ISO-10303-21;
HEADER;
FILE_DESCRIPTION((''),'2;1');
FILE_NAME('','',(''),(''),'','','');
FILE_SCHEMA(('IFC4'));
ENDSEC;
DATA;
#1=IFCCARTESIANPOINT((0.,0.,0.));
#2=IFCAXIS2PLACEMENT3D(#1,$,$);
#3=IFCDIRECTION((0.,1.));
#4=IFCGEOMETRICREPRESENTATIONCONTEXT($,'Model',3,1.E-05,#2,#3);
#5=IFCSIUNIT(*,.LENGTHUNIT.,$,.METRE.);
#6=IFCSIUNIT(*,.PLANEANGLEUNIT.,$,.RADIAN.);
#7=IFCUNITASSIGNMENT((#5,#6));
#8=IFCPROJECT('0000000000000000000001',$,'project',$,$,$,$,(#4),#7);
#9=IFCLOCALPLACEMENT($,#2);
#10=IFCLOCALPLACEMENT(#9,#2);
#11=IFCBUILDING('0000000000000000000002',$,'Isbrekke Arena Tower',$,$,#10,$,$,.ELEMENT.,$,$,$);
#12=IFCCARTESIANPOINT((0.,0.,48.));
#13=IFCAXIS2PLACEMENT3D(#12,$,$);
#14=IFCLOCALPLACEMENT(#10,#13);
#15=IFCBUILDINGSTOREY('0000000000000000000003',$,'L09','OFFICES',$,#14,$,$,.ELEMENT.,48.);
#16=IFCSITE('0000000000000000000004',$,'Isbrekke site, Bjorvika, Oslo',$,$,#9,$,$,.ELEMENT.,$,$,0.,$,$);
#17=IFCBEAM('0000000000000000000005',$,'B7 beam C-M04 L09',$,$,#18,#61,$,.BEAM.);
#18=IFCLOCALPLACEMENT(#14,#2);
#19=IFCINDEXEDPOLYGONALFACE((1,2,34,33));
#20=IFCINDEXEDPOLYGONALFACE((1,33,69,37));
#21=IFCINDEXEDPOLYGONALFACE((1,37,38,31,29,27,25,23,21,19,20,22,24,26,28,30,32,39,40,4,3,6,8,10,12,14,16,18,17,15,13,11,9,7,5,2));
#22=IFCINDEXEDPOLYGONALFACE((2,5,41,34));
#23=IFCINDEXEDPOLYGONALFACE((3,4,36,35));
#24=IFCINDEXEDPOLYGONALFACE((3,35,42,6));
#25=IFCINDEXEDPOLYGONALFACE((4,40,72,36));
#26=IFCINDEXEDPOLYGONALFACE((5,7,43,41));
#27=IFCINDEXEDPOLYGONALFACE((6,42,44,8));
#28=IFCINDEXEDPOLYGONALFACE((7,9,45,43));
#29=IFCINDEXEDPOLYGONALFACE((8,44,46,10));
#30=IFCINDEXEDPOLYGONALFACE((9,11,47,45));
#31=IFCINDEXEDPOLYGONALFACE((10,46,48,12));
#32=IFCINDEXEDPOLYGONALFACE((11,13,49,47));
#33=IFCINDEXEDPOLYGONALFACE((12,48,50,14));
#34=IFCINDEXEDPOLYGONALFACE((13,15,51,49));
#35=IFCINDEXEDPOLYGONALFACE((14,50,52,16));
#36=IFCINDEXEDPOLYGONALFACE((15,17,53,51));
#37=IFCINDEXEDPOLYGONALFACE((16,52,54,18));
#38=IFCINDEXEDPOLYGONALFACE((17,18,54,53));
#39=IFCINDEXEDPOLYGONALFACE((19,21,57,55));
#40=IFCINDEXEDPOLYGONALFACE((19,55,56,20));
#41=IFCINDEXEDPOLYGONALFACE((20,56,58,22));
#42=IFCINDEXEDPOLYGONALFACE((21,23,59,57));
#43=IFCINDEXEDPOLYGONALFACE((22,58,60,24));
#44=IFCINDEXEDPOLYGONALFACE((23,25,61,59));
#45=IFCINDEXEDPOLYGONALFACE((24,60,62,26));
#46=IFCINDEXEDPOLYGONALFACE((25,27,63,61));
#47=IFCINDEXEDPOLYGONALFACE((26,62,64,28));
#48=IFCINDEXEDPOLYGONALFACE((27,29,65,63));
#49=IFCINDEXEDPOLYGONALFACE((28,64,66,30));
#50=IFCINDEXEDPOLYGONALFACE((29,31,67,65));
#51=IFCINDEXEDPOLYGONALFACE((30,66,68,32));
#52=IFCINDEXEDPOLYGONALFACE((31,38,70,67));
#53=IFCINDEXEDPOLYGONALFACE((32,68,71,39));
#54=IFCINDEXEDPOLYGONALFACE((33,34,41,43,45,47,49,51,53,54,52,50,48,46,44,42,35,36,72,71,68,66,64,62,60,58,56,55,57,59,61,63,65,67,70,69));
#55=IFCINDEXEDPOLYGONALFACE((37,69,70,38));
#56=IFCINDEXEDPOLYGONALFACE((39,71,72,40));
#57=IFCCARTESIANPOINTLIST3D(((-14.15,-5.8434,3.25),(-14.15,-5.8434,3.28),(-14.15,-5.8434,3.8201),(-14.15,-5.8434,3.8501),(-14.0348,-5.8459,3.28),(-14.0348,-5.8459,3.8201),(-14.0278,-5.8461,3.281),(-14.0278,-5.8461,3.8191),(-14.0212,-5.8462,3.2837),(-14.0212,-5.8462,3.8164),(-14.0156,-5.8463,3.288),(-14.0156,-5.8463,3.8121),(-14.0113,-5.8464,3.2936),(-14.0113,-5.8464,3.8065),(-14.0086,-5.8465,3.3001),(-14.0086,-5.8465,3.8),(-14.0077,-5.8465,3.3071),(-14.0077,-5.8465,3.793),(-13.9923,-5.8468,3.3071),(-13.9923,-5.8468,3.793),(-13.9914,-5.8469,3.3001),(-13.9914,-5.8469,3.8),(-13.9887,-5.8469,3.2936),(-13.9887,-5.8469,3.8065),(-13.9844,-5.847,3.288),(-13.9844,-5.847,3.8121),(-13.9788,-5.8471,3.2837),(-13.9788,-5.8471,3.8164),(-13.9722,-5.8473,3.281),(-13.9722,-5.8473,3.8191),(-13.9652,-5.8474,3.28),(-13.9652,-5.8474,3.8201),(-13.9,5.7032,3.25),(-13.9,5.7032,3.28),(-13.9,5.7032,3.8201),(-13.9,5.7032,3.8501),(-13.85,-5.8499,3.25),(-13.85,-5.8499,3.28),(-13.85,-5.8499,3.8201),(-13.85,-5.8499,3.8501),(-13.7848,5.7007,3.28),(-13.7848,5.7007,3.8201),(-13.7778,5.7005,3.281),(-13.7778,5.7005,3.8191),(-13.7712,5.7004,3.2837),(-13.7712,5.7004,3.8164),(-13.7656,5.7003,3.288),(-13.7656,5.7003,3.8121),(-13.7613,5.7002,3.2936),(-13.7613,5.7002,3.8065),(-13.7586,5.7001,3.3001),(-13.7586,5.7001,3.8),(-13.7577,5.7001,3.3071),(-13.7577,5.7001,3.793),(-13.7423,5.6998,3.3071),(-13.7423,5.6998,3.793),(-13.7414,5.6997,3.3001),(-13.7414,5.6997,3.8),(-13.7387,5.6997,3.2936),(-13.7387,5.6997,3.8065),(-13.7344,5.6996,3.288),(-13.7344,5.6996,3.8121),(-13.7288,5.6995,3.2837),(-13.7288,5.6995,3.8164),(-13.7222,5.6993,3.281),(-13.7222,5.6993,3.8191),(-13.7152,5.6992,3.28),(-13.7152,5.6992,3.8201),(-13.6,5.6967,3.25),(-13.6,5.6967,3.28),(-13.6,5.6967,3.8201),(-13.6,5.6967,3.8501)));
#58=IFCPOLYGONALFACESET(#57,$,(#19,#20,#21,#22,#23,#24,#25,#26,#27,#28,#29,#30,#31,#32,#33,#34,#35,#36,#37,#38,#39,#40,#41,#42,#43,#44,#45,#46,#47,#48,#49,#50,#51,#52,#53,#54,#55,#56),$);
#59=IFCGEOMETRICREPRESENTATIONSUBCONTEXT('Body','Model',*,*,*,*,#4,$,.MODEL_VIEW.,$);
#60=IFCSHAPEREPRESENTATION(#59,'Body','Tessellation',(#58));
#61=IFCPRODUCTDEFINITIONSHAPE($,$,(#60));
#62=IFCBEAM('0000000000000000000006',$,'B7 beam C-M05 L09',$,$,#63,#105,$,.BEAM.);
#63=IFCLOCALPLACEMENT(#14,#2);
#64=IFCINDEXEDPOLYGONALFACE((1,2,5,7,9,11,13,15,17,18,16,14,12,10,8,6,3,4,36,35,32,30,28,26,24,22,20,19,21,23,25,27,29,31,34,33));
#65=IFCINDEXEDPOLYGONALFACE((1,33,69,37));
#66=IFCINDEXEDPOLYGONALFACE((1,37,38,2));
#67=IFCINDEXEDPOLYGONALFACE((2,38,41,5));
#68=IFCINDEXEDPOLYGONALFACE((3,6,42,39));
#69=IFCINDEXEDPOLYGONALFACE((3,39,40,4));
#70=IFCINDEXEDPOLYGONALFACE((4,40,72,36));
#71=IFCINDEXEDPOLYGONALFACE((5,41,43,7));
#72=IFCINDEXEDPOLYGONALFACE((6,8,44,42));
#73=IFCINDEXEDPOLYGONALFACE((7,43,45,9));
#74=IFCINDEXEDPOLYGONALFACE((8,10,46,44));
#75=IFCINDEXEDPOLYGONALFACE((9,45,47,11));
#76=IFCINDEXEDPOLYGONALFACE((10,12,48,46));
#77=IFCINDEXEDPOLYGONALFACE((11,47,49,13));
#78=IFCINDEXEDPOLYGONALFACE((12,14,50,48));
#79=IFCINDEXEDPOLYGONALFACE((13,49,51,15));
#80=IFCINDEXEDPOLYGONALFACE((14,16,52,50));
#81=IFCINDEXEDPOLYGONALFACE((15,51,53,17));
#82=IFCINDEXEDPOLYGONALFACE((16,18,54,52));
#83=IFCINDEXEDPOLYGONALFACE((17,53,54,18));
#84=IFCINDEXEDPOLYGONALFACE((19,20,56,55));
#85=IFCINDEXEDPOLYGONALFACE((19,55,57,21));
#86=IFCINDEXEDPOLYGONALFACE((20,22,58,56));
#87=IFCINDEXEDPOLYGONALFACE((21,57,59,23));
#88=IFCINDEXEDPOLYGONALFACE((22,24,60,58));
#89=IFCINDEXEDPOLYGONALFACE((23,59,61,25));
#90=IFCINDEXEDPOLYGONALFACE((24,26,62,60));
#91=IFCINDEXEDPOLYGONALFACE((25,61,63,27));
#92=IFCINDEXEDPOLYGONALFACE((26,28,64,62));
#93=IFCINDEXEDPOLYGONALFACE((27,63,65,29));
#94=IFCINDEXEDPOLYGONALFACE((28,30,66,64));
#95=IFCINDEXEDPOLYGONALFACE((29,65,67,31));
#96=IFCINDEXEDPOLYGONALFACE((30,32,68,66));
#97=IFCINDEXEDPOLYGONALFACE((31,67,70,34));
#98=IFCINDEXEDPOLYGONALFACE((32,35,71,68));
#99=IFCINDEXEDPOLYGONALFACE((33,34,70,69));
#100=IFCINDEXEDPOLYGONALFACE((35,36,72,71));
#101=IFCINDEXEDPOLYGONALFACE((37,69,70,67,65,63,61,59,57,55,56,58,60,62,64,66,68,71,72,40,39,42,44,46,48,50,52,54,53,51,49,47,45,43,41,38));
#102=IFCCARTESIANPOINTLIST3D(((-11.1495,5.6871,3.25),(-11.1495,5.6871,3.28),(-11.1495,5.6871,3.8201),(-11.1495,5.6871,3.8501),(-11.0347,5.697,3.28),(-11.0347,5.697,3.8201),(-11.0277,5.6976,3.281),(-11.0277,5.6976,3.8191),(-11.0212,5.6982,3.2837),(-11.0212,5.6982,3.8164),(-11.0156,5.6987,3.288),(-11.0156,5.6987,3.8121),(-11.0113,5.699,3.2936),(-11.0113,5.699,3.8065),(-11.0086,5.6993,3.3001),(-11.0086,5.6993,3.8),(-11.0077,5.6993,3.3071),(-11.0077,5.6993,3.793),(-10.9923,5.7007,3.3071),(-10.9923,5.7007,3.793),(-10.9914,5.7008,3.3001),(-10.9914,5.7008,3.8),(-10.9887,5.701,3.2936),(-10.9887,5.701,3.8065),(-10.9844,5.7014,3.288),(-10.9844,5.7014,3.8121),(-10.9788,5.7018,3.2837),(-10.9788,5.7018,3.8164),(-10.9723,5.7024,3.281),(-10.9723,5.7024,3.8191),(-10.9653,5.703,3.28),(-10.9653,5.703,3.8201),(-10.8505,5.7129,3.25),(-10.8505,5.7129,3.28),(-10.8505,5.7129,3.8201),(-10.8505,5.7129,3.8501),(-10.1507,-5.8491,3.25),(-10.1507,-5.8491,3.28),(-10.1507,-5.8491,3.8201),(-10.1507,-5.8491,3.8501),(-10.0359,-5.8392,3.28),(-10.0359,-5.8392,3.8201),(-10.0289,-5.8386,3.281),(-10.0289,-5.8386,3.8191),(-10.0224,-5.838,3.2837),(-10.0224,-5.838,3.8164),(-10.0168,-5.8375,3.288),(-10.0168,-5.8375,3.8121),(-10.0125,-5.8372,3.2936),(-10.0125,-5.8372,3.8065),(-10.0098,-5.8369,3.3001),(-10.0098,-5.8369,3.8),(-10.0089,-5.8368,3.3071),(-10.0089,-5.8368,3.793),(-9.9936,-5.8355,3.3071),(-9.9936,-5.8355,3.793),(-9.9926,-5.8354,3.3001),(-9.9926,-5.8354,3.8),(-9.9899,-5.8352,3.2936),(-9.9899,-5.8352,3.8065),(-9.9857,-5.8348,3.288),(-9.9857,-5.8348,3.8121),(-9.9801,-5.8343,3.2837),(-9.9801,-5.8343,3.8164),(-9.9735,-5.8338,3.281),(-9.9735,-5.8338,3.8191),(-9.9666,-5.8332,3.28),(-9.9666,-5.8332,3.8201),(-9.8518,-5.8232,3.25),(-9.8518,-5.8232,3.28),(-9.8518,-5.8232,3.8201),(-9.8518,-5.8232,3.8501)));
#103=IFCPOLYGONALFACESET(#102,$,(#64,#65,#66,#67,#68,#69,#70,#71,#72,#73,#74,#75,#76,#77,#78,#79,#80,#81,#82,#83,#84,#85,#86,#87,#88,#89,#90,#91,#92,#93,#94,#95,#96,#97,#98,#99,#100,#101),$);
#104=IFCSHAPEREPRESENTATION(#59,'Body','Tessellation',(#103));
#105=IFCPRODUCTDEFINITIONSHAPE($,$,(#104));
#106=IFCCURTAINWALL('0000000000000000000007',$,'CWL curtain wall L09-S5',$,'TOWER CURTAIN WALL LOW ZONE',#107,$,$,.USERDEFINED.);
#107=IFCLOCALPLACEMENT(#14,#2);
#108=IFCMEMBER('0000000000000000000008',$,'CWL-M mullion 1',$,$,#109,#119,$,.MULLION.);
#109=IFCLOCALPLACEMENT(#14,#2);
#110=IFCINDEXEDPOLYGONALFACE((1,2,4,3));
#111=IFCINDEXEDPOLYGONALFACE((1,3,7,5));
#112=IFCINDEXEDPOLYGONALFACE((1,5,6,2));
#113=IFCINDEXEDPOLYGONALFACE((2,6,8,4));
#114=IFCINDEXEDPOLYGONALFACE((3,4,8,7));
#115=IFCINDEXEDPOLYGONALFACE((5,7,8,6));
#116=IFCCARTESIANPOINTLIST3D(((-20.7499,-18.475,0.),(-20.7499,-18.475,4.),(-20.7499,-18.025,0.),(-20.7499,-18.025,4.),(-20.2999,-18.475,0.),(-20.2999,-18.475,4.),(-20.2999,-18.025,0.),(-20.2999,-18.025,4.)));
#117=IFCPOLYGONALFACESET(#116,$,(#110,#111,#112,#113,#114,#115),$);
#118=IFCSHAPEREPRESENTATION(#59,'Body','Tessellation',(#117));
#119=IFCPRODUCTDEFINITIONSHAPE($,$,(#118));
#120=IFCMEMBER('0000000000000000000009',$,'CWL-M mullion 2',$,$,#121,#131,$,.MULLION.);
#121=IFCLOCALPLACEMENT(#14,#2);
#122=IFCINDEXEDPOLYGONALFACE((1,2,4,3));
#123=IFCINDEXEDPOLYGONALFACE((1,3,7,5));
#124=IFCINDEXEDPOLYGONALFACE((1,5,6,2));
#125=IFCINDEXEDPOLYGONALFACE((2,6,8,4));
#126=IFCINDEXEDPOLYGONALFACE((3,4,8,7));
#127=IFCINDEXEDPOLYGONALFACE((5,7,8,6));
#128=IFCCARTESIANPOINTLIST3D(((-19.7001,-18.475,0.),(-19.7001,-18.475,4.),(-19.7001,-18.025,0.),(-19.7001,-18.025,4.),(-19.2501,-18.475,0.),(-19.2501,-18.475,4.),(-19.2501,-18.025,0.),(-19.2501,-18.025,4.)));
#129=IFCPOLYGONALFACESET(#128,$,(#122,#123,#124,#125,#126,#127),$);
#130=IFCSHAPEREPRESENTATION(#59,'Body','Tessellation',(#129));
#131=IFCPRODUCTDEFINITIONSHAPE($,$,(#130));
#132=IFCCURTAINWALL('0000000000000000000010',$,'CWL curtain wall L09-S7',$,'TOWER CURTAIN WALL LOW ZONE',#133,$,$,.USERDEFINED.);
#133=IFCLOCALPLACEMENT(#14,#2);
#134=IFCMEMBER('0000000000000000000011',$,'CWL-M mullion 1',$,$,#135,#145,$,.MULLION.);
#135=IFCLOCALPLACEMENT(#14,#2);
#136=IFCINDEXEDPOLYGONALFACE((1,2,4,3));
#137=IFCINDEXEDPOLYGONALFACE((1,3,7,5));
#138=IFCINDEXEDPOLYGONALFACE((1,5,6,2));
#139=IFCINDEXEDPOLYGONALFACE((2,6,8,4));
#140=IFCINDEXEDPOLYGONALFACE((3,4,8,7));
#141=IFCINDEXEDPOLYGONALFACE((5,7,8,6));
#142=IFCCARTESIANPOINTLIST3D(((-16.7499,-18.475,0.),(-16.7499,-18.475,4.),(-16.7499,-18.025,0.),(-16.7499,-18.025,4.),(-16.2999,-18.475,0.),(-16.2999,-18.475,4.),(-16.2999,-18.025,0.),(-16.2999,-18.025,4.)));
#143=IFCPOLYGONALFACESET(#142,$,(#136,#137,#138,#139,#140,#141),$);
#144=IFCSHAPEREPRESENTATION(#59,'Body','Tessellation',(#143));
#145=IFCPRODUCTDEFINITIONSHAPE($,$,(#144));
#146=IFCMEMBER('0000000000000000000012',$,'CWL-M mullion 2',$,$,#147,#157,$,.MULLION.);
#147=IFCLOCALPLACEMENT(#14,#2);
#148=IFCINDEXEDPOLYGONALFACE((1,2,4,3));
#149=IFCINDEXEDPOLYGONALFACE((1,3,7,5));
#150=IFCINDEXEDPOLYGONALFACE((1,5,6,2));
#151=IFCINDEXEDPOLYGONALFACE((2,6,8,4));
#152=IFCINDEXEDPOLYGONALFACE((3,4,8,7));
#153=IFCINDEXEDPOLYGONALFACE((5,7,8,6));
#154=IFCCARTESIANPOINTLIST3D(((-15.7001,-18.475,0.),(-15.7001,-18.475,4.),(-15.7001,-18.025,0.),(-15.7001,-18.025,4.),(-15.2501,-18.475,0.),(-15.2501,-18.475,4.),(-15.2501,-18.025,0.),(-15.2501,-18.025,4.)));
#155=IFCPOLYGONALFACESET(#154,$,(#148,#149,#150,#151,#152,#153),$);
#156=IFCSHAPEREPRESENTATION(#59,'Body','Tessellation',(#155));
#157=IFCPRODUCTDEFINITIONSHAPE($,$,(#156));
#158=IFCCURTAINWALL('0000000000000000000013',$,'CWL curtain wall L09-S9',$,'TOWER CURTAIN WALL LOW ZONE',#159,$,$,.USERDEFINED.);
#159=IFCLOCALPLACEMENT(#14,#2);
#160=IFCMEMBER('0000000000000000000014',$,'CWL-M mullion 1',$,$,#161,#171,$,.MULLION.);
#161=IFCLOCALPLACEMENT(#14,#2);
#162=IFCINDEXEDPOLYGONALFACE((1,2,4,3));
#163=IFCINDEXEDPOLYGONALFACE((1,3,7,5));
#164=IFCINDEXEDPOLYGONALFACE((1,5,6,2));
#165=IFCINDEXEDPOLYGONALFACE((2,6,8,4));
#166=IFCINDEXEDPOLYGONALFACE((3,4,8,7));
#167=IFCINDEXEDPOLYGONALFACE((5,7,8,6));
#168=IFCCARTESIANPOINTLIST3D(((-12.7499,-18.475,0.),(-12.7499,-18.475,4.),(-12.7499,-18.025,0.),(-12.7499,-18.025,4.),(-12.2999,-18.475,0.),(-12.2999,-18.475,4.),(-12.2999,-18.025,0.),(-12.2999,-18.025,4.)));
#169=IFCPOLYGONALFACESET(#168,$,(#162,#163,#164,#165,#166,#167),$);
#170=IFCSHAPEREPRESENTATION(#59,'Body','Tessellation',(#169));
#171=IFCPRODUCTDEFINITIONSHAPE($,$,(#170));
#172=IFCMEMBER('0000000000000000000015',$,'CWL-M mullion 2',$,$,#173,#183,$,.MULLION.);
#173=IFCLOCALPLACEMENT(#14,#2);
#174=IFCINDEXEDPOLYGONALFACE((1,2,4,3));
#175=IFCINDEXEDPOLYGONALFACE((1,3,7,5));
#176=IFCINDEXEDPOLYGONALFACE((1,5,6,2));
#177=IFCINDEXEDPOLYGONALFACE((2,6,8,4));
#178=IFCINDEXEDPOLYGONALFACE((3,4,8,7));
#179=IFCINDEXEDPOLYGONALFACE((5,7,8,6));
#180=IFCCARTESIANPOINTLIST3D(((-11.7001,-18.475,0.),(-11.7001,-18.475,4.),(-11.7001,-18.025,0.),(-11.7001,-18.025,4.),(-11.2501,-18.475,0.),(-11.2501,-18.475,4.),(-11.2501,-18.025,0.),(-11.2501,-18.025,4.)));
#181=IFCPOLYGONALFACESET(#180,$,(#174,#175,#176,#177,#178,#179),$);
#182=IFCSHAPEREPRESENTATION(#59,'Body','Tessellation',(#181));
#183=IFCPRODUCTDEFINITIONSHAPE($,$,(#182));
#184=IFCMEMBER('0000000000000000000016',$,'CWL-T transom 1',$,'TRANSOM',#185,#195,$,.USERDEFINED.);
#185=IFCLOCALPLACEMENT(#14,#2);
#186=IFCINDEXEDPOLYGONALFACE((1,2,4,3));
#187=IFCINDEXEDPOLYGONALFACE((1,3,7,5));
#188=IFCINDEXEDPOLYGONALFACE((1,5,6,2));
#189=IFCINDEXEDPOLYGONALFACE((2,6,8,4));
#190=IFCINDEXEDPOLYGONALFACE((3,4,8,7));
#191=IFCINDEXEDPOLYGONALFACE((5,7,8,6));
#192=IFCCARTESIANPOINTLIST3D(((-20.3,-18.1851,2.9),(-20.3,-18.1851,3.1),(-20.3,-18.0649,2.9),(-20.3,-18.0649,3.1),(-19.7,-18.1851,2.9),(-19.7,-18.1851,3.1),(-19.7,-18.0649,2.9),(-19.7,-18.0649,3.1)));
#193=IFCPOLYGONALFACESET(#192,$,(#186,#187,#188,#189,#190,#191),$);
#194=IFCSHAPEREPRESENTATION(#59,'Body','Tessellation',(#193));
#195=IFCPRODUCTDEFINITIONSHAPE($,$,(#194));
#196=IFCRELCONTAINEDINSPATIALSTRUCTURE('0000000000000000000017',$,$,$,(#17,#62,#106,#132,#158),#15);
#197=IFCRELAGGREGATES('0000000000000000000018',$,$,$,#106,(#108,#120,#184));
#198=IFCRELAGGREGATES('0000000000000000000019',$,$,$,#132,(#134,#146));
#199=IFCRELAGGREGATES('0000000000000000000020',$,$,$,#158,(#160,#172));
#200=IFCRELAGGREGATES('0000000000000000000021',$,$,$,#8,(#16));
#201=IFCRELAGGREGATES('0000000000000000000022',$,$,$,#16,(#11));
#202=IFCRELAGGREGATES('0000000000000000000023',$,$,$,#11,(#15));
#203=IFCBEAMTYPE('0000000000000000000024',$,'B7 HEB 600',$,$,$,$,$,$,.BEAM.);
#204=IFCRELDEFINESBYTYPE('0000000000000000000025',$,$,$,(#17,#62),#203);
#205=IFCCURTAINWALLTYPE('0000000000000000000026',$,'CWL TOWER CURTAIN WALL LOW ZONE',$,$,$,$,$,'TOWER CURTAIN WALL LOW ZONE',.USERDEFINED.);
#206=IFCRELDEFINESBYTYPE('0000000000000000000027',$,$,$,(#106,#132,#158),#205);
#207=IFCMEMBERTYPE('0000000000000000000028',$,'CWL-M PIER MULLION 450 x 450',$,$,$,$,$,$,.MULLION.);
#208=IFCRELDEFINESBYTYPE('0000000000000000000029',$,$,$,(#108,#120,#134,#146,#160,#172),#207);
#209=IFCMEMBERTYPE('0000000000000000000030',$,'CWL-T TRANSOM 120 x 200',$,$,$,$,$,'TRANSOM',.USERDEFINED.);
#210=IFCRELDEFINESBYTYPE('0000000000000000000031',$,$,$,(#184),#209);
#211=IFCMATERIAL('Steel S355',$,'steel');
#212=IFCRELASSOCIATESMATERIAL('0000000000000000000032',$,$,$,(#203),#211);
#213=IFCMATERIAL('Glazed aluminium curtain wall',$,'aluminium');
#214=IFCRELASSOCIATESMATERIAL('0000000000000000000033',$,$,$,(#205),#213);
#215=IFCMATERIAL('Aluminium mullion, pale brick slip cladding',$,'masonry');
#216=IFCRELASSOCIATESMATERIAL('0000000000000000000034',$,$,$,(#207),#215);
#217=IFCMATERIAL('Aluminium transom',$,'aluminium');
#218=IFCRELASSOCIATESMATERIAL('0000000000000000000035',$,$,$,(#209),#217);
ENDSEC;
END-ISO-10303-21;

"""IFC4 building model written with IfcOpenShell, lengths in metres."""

from ifc_helpers import new_model, si_unit, direction, frame, origin, origin_2d, place, context, subcontext, project, spatial, rectangle, i_section, extrude, material, material_profile, profile_set, type_object, element, aggregate, save


model = new_model("IFC4")

# Units and contexts
model_context = context("Model", 3, precision=1e-05, world=origin(), true_north=direction((0.0, 1.0)))
body_context = subcontext(model_context, "Body", "Model", "MODEL_VIEW")
ifc_project = project(units=[si_unit("LENGTHUNIT", "METRE"), si_unit("PLANEANGLEUNIT", "RADIAN")], contexts=[model_context])

# Site, building, storey
site_placement = place(None, origin())
site = spatial("IfcSite", under=ifc_project, at=site_placement, Name="Isbrekke site, Bjorvika, Oslo", CompositionType="ELEMENT", RefElevation=0.0)
building_placement = place(site_placement, origin())
building = spatial("IfcBuilding", under=site, at=building_placement, Name="Isbrekke Arena Tower", CompositionType="ELEMENT")
storey_placement = place(building_placement, frame((0.0, 0.0, 48.0)))
storey = spatial("IfcBuildingStorey", under=building, at=storey_placement, Name="L09", Description="OFFICES", CompositionType="ELEMENT", Elevation=48.0)

# Beams
ifc_material_1 = material(Name="Steel S355", Category="steel")
ifc_material_profile_1 = material_profile(ifc_material_1, i_section(OverallWidth=0.3, OverallDepth=0.6001, WebThickness=0.0154, FlangeThickness=0.03, FilletRadius=0.0271, at=origin_2d()), Name="HEB 600")
ifc_profile_set_1 = profile_set([ifc_material_profile_1], Name="Steel S355")
beam_type_1 = type_object("IfcBeamType", Name="B7 HEB 600", PredefinedType="BEAM", material=ifc_profile_set_1)
beam_1_placement = place(storey_placement, frame((-14.0, -5.8467, 3.55), z_axis=(0.021646, 0.999766, 0.0), x_axis=(-0.999766, 0.021646, 0.0)))
element("IfcBeam", 1, at=beam_1_placement, inside=storey, type_object=beam_type_1, Name="B7 beam C-M04 L09", PredefinedType="BEAM", context=body_context, shape_type="SweptSolid", body=[
    extrude(i_section(OverallWidth=0.3, OverallDepth=0.6001, WebThickness=0.0154, FlangeThickness=0.03, FilletRadius=0.0271, at=origin_2d()), origin(), (0.0, 0.0, 1.0), 11.5493),
])
beam_2_placement = place(storey_placement, frame((-10.0012, -5.8362, 3.55), z_axis=(-0.086256, 0.996273, 0.0), x_axis=(-0.996273, -0.086256, 0.0)))
element("IfcBeam", 2, at=beam_2_placement, inside=storey, type_object=beam_type_1, Name="B7 beam C-M05 L09", PredefinedType="BEAM", context=body_context, shape_type="SweptSolid", body=[
    extrude(i_section(OverallWidth=0.3, OverallDepth=0.6001, WebThickness=0.0154, FlangeThickness=0.03, FilletRadius=0.0271, at=origin_2d()), origin(), (0.0, 0.0, 1.0), 11.5793),
])

# Curtain walls, members
ifc_material_2 = material(Name="Glazed aluminium curtain wall", Category="aluminium")
curtain_wall_type = type_object("IfcCurtainWallType", Name="CWL TOWER CURTAIN WALL LOW ZONE", ElementType="TOWER CURTAIN WALL LOW ZONE", PredefinedType="USERDEFINED", material=ifc_material_2)
curtain_wall_1_placement = place(storey_placement, origin())
curtain_wall_1 = element("IfcCurtainWall", 3, at=curtain_wall_1_placement, inside=storey, type_object=curtain_wall_type, Name="CWL curtain wall L09-S5", ObjectType="TOWER CURTAIN WALL LOW ZONE", PredefinedType="USERDEFINED")
ifc_material_3 = material(Name="Aluminium mullion, pale brick slip cladding", Category="masonry")
ifc_material_profile_2 = material_profile(ifc_material_3, rectangle(XDim=0.45, YDim=0.45, at=origin_2d()), Name="PIER 450X450")
ifc_profile_set_2 = profile_set([ifc_material_profile_2], Name="Aluminium mullion, pale brick slip cladding")
member_type_1 = type_object("IfcMemberType", Name="CWL-M PIER MULLION 450 x 450", PredefinedType="MULLION", material=ifc_profile_set_2)
member_1_placement = place(storey_placement, frame((-20.5249, -18.25, 0.0), z_axis=(0.0, 0.0, 1.0), x_axis=(1.0, 0.0, 0.0)))
member_1 = element("IfcMember", 4, at=member_1_placement, type_object=member_type_1, Name="CWL-M mullion 1", PredefinedType="MULLION", context=body_context, shape_type="SweptSolid", body=[
    extrude(rectangle(XDim=0.45, YDim=0.45, at=origin_2d()), origin(), (0.0, 0.0, 1.0), 4.0),
])
member_2_placement = place(storey_placement, frame((-19.4751, -18.25, 0.0), z_axis=(0.0, 0.0, 1.0), x_axis=(1.0, 0.0, 0.0)))
member_2 = element("IfcMember", 5, at=member_2_placement, type_object=member_type_1, Name="CWL-M mullion 2", PredefinedType="MULLION", context=body_context, shape_type="SweptSolid", body=[
    extrude(rectangle(XDim=0.45, YDim=0.45, at=origin_2d()), origin(), (0.0, 0.0, 1.0), 4.0),
])
curtain_wall_2_placement = place(storey_placement, origin())
curtain_wall_2 = element("IfcCurtainWall", 6, at=curtain_wall_2_placement, inside=storey, type_object=curtain_wall_type, Name="CWL curtain wall L09-S7", ObjectType="TOWER CURTAIN WALL LOW ZONE", PredefinedType="USERDEFINED")
member_3_placement = place(storey_placement, frame((-16.5249, -18.25, 0.0), z_axis=(0.0, 0.0, 1.0), x_axis=(1.0, 0.0, 0.0)))
member_3 = element("IfcMember", 7, at=member_3_placement, type_object=member_type_1, Name="CWL-M mullion 1", PredefinedType="MULLION", context=body_context, shape_type="SweptSolid", body=[
    extrude(rectangle(XDim=0.45, YDim=0.45, at=origin_2d()), origin(), (0.0, 0.0, 1.0), 4.0),
])
member_4_placement = place(storey_placement, frame((-15.4751, -18.25, 0.0), z_axis=(0.0, 0.0, 1.0), x_axis=(1.0, 0.0, 0.0)))
member_4 = element("IfcMember", 8, at=member_4_placement, type_object=member_type_1, Name="CWL-M mullion 2", PredefinedType="MULLION", context=body_context, shape_type="SweptSolid", body=[
    extrude(rectangle(XDim=0.45, YDim=0.45, at=origin_2d()), origin(), (0.0, 0.0, 1.0), 4.0),
])
curtain_wall_3_placement = place(storey_placement, origin())
curtain_wall_3 = element("IfcCurtainWall", 9, at=curtain_wall_3_placement, inside=storey, type_object=curtain_wall_type, Name="CWL curtain wall L09-S9", ObjectType="TOWER CURTAIN WALL LOW ZONE", PredefinedType="USERDEFINED")
member_5_placement = place(storey_placement, frame((-12.5249, -18.25, 0.0), z_axis=(0.0, 0.0, 1.0), x_axis=(1.0, 0.0, 0.0)))
member_5 = element("IfcMember", 10, at=member_5_placement, type_object=member_type_1, Name="CWL-M mullion 1", PredefinedType="MULLION", context=body_context, shape_type="SweptSolid", body=[
    extrude(rectangle(XDim=0.45, YDim=0.45, at=origin_2d()), origin(), (0.0, 0.0, 1.0), 4.0),
])
member_6_placement = place(storey_placement, frame((-11.4751, -18.25, 0.0), z_axis=(0.0, 0.0, 1.0), x_axis=(1.0, 0.0, 0.0)))
member_6 = element("IfcMember", 11, at=member_6_placement, type_object=member_type_1, Name="CWL-M mullion 2", PredefinedType="MULLION", context=body_context, shape_type="SweptSolid", body=[
    extrude(rectangle(XDim=0.45, YDim=0.45, at=origin_2d()), origin(), (0.0, 0.0, 1.0), 4.0),
])

# Member
ifc_material_4 = material(Name="Aluminium transom", Category="aluminium")
ifc_material_profile_3 = material_profile(ifc_material_4, rectangle(XDim=0.1201, YDim=0.2, at=origin_2d()), Name="TRANSOM 120X200")
ifc_profile_set_3 = profile_set([ifc_material_profile_3], Name="Aluminium transom")
member_type_2 = type_object("IfcMemberType", Name="CWL-T TRANSOM 120 x 200", ElementType="TRANSOM", PredefinedType="USERDEFINED", material=ifc_profile_set_3)
member_7_placement = place(storey_placement, frame((-20.3, -18.125, 3.0), z_axis=(1.0, 0.0, 0.0), x_axis=(0.0, 1.0, 0.0)))
member_7 = element("IfcMember", 12, at=member_7_placement, type_object=member_type_2, Name="CWL-T transom 1", ObjectType="TRANSOM", PredefinedType="USERDEFINED", context=body_context, shape_type="SweptSolid", body=[
    extrude(rectangle(XDim=0.1201, YDim=0.2, at=origin_2d()), origin(), (0.0, 0.0, 1.0), 0.6001),
])

aggregate(curtain_wall_1, [member_1, member_2, member_7])
aggregate(curtain_wall_2, [member_3, member_4])
aggregate(curtain_wall_3, [member_5, member_6])

save(model, "model.ifc")
